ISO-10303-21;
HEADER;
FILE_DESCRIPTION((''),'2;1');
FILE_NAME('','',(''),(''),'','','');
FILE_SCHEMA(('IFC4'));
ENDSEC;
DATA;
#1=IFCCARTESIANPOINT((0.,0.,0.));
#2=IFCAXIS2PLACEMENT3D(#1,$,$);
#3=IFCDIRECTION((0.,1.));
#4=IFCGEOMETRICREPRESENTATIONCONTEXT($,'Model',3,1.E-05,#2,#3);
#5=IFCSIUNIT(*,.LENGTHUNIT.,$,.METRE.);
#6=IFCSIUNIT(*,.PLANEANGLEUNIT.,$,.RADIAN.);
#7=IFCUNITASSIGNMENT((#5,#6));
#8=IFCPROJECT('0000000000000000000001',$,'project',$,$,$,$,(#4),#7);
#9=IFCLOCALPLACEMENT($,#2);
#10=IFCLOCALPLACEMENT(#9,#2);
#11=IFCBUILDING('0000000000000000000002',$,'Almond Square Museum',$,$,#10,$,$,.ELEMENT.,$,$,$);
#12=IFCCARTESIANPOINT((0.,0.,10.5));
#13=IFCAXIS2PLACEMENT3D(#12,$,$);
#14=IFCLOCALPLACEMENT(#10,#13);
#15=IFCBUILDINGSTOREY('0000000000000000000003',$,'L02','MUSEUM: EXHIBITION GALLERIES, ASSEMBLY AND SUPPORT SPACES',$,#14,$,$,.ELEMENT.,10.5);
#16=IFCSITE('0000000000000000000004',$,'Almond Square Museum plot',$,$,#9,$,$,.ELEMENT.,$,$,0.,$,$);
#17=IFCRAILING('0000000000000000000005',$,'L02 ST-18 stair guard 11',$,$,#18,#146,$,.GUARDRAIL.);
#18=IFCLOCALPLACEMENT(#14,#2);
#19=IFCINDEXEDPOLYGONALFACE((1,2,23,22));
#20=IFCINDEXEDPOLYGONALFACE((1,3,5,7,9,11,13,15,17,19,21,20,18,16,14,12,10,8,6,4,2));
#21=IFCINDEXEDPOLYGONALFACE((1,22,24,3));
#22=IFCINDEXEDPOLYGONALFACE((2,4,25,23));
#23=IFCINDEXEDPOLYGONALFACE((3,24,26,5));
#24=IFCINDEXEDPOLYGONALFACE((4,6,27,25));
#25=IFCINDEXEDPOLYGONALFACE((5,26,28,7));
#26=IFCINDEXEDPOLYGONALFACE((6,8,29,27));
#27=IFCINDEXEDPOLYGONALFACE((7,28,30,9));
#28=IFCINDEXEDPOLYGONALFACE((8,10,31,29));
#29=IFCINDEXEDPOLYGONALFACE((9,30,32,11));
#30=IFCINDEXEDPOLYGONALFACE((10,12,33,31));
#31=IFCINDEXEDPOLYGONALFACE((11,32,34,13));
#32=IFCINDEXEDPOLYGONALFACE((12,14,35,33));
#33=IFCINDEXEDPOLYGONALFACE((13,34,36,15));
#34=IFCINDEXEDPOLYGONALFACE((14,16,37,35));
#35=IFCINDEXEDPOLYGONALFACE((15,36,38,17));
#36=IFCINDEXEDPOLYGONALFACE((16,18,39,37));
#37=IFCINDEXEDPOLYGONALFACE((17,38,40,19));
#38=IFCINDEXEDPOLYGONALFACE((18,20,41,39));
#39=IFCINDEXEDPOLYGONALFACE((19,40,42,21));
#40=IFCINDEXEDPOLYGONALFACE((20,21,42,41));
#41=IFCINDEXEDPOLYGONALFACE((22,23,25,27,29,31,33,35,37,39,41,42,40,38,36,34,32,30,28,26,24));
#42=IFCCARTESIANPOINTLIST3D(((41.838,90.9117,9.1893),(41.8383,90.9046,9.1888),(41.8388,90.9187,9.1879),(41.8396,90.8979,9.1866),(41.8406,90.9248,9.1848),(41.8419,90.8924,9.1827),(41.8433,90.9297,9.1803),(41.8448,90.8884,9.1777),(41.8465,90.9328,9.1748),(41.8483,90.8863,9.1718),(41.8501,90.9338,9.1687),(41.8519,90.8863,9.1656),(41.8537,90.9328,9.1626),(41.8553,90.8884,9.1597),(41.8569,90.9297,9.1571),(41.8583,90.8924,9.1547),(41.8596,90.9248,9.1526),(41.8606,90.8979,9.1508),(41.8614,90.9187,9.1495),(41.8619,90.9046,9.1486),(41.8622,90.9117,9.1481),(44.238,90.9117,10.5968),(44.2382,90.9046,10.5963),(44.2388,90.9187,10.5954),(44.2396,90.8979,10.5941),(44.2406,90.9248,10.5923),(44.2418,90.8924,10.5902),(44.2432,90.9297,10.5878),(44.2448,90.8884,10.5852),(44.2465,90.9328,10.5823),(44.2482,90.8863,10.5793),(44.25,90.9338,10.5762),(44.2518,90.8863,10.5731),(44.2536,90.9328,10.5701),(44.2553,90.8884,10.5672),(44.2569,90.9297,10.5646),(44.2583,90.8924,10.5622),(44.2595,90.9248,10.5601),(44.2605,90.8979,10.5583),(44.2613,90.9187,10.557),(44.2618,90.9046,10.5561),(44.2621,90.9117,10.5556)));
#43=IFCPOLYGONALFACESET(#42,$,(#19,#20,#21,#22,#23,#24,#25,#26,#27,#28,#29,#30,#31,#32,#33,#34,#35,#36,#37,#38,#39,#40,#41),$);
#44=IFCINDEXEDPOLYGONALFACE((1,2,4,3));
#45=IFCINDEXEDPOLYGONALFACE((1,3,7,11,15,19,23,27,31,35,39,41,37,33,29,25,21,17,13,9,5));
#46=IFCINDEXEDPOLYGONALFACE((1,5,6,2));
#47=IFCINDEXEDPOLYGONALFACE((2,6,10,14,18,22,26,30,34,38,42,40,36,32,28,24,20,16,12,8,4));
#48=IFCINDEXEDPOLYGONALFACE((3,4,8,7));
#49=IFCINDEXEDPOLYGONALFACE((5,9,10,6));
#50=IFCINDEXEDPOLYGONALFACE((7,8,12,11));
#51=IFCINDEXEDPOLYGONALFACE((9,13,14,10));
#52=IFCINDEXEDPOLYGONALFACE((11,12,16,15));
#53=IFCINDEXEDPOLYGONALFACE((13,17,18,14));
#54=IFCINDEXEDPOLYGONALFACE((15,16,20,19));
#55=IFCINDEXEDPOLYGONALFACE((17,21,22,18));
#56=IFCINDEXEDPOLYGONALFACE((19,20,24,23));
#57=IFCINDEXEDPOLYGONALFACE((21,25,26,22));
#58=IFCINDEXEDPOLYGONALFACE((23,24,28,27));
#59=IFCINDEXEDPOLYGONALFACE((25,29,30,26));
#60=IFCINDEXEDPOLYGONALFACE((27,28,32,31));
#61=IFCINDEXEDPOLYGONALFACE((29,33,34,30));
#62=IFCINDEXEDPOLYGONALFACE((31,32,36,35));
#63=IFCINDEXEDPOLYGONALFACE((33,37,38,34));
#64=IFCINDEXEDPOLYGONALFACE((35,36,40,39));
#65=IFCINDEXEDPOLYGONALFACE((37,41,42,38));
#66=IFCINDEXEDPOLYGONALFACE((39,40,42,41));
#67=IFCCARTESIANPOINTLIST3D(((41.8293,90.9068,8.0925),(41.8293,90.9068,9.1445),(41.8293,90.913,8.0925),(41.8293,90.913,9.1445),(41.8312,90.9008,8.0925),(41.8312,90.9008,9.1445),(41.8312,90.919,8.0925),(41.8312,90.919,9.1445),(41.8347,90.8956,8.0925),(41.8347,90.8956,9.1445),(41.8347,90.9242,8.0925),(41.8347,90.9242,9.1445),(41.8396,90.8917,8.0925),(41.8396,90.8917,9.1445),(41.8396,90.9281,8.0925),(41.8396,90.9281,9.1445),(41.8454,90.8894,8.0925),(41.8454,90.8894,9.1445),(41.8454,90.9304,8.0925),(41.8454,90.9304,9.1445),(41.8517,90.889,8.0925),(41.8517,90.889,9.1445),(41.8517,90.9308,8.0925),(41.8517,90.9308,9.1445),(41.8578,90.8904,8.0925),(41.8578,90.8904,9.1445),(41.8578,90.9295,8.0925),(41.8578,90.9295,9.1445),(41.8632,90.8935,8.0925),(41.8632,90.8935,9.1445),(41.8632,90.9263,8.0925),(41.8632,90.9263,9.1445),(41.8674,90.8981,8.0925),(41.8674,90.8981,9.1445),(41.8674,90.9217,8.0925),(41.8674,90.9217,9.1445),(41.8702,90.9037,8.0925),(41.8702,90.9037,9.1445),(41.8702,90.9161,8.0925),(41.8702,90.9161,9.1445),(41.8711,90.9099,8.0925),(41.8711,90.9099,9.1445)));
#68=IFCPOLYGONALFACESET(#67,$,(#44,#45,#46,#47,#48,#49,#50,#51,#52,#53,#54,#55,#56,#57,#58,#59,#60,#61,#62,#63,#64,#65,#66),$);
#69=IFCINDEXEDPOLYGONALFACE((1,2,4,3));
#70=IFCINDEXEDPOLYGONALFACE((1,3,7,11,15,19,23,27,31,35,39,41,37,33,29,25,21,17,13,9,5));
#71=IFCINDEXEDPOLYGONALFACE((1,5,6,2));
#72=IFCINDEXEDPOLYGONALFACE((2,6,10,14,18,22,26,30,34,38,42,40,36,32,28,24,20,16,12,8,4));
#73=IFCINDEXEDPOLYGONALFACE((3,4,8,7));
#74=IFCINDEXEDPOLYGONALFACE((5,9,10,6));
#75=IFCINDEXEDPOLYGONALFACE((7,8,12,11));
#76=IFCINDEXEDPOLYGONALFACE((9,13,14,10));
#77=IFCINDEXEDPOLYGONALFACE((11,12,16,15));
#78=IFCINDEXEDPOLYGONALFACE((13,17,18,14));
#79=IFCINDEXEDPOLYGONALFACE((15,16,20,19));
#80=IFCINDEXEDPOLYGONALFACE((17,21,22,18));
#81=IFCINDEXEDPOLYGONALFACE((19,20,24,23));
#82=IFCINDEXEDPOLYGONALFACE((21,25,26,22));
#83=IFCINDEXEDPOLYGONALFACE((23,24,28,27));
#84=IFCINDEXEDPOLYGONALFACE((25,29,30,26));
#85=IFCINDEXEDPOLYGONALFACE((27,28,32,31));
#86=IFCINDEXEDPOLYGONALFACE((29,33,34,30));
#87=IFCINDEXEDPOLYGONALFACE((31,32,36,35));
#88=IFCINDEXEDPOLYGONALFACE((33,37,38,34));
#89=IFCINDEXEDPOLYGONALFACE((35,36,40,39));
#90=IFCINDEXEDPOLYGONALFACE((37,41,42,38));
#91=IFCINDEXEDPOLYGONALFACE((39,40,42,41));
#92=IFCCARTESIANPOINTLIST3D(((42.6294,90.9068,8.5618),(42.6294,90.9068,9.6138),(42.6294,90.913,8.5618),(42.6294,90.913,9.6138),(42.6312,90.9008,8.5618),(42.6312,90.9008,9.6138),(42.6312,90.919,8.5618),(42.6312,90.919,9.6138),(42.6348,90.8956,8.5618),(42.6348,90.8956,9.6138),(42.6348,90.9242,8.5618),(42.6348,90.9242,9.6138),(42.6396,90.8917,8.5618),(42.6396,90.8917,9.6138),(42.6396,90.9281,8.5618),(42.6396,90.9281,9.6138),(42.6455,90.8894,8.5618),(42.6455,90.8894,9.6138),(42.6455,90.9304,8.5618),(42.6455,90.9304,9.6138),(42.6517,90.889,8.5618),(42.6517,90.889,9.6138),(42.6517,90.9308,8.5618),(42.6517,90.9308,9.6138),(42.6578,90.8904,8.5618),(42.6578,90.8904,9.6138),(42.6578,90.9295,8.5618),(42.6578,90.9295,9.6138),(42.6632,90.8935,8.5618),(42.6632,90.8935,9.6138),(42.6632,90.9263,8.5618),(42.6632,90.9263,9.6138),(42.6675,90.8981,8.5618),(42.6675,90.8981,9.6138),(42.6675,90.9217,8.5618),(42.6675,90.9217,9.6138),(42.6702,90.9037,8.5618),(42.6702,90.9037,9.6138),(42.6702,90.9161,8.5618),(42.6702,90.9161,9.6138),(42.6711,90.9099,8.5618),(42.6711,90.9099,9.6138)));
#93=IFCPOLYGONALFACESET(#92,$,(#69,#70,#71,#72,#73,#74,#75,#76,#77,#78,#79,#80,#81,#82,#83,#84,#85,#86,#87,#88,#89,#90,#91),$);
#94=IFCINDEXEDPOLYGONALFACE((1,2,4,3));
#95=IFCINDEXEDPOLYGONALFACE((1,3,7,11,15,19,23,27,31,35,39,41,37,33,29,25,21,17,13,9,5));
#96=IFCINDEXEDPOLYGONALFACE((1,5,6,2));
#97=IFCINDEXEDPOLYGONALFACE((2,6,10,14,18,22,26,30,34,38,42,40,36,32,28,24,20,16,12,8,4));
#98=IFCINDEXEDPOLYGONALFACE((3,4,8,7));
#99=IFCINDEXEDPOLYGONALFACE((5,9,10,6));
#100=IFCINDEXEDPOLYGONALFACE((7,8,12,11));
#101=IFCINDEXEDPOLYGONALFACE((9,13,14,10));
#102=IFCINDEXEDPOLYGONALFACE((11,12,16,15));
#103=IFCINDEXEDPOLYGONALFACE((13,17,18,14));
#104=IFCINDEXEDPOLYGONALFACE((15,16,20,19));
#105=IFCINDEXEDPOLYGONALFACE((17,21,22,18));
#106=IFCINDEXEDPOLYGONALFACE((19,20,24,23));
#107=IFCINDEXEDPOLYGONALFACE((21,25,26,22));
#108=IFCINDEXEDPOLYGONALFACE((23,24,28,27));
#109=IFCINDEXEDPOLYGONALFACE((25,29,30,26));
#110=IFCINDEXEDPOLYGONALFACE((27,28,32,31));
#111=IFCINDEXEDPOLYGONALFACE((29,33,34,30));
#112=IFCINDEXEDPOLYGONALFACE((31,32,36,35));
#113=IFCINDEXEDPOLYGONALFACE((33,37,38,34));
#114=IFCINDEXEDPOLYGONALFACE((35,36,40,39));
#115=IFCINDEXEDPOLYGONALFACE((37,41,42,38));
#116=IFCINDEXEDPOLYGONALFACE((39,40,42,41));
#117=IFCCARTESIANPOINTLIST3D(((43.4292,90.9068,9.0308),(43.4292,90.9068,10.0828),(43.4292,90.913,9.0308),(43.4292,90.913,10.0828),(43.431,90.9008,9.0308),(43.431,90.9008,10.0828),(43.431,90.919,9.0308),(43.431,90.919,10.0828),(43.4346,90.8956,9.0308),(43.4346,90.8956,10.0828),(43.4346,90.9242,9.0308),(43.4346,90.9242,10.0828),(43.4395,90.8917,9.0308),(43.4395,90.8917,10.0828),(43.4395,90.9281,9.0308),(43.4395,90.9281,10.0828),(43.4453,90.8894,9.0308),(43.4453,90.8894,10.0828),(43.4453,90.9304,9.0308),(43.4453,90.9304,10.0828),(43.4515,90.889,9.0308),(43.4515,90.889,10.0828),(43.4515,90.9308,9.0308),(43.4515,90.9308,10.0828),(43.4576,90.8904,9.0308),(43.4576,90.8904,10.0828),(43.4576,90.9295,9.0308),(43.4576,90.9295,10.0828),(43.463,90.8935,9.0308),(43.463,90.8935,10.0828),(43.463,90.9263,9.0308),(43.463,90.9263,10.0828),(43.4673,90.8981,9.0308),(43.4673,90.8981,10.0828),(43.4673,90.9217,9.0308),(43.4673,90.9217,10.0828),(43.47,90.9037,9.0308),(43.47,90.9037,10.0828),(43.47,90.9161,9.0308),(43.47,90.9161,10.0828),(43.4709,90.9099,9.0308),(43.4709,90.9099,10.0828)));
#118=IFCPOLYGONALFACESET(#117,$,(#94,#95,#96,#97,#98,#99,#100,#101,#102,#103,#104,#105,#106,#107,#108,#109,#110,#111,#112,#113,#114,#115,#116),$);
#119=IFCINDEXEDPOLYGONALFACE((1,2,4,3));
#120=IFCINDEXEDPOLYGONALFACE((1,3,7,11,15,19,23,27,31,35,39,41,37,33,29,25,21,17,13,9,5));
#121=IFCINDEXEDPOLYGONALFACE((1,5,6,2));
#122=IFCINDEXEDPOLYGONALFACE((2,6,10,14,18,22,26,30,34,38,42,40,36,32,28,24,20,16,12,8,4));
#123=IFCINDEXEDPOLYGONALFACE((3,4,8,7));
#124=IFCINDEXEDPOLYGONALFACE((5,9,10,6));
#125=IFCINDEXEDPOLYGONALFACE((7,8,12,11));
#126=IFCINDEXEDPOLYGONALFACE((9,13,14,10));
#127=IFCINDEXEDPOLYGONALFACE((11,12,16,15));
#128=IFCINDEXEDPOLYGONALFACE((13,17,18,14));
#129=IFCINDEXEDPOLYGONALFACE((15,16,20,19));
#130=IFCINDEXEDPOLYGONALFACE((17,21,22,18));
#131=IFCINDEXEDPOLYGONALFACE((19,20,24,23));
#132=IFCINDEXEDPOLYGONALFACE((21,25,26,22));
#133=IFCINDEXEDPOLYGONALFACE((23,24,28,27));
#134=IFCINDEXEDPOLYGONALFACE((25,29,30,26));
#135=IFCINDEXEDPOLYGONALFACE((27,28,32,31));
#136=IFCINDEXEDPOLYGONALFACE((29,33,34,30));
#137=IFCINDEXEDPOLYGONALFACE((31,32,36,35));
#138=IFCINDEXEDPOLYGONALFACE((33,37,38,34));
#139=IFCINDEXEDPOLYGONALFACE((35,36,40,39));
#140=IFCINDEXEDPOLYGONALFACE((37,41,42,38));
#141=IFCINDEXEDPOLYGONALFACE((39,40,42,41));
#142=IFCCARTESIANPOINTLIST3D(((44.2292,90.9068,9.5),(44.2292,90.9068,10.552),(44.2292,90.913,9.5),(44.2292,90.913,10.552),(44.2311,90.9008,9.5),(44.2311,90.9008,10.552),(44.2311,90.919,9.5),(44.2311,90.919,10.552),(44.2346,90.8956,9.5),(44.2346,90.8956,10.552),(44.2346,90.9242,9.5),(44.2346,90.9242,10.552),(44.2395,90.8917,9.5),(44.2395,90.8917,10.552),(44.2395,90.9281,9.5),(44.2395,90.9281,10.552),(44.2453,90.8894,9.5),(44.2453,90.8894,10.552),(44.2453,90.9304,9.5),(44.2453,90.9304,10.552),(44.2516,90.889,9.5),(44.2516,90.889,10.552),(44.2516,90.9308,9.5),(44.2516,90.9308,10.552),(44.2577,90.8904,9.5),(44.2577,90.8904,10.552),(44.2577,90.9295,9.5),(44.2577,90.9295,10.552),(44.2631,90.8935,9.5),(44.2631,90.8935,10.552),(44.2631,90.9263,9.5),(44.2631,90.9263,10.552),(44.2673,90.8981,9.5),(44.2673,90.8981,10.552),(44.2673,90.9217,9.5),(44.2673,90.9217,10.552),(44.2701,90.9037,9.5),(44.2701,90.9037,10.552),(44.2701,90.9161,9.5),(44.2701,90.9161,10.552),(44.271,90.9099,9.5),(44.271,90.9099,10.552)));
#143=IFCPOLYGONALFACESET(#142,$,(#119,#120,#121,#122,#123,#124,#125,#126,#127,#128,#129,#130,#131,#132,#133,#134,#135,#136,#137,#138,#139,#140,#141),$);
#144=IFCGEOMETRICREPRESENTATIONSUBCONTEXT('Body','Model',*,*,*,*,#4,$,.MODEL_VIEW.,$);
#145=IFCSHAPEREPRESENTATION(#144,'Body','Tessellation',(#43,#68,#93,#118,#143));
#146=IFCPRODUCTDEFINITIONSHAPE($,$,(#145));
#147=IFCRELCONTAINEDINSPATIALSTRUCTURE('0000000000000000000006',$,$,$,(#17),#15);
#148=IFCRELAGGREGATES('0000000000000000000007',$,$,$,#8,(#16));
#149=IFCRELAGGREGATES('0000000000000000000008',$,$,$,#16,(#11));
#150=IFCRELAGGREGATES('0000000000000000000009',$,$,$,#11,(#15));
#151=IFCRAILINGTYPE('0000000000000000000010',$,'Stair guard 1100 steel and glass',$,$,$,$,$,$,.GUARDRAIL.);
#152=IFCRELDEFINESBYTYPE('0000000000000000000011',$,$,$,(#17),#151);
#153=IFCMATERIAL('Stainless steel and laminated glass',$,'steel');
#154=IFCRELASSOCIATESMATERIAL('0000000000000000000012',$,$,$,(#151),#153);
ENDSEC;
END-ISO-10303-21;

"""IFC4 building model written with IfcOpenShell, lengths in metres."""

from ifc_helpers import new_model, si_unit, direction, frame, origin, origin_2d, place, context, subcontext, project, spatial, circle, extrude, material, type_object, element, save


model = new_model("IFC4")

# Units and contexts
model_context = context("Model", 3, precision=1e-05, world=origin(), true_north=direction((0.0, 1.0)))
body_context = subcontext(model_context, "Body", "Model", "MODEL_VIEW")
ifc_project = project(units=[si_unit("LENGTHUNIT", "METRE"), si_unit("PLANEANGLEUNIT", "RADIAN")], contexts=[model_context])

# Site, building, storey
site_placement = place(None, origin())
site = spatial("IfcSite", under=ifc_project, at=site_placement, Name="Almond Square Museum plot", CompositionType="ELEMENT", RefElevation=0.0)
building_placement = place(site_placement, origin())
building = spatial("IfcBuilding", under=site, at=building_placement, Name="Almond Square Museum", CompositionType="ELEMENT")
storey_placement = place(building_placement, frame((0.0, 0.0, 10.5)))
storey = spatial("IfcBuildingStorey", under=building, at=storey_placement, Name="L02", Description="MUSEUM: EXHIBITION GALLERIES, ASSEMBLY AND SUPPORT SPACES", CompositionType="ELEMENT", Elevation=10.5)

# Railing
ifc_material_1 = material(Name="Stainless steel and laminated glass", Category="steel")
railing_type_1 = type_object("IfcRailingType", Name="Stair guard 1100 steel and glass", PredefinedType="GUARDRAIL", material=ifc_material_1)
railing_1_placement = place(storey_placement, frame((41.8501, 90.9099, 8.0925)))
element("IfcRailing", 1, at=railing_1_placement, inside=storey, type_object=railing_type_1, Name="L02 ST-18 stair guard 11", PredefinedType="GUARDRAIL", context=body_context, shape_type="SweptSolid", body=[
    extrude(circle(Radius=0.0239, at=origin_2d()), frame((0.0, 0.0, 1.0762), z_axis=(0.862599, 0.0, 0.505888), x_axis=(0.0, 1.0, 0.0)), (0.0, 0.0, 1.0), 2.7822),
    extrude(circle(Radius=0.021, at=origin_2d()), origin(), (0.0, 0.0, 1.0), 1.052),
    extrude(circle(Radius=0.021, at=origin_2d()), frame((0.8, 0.0, 0.4692)), (0.0, 0.0, 1.0), 1.052),
    extrude(circle(Radius=0.021, at=origin_2d()), frame((1.5999, 0.0, 0.9382)), (0.0, 0.0, 1.0), 1.052),
    extrude(circle(Radius=0.021, at=origin_2d()), frame((2.3999, 0.0, 1.4075)), (0.0, 0.0, 1.0), 1.052),
])

save(model, "model.ifc")
